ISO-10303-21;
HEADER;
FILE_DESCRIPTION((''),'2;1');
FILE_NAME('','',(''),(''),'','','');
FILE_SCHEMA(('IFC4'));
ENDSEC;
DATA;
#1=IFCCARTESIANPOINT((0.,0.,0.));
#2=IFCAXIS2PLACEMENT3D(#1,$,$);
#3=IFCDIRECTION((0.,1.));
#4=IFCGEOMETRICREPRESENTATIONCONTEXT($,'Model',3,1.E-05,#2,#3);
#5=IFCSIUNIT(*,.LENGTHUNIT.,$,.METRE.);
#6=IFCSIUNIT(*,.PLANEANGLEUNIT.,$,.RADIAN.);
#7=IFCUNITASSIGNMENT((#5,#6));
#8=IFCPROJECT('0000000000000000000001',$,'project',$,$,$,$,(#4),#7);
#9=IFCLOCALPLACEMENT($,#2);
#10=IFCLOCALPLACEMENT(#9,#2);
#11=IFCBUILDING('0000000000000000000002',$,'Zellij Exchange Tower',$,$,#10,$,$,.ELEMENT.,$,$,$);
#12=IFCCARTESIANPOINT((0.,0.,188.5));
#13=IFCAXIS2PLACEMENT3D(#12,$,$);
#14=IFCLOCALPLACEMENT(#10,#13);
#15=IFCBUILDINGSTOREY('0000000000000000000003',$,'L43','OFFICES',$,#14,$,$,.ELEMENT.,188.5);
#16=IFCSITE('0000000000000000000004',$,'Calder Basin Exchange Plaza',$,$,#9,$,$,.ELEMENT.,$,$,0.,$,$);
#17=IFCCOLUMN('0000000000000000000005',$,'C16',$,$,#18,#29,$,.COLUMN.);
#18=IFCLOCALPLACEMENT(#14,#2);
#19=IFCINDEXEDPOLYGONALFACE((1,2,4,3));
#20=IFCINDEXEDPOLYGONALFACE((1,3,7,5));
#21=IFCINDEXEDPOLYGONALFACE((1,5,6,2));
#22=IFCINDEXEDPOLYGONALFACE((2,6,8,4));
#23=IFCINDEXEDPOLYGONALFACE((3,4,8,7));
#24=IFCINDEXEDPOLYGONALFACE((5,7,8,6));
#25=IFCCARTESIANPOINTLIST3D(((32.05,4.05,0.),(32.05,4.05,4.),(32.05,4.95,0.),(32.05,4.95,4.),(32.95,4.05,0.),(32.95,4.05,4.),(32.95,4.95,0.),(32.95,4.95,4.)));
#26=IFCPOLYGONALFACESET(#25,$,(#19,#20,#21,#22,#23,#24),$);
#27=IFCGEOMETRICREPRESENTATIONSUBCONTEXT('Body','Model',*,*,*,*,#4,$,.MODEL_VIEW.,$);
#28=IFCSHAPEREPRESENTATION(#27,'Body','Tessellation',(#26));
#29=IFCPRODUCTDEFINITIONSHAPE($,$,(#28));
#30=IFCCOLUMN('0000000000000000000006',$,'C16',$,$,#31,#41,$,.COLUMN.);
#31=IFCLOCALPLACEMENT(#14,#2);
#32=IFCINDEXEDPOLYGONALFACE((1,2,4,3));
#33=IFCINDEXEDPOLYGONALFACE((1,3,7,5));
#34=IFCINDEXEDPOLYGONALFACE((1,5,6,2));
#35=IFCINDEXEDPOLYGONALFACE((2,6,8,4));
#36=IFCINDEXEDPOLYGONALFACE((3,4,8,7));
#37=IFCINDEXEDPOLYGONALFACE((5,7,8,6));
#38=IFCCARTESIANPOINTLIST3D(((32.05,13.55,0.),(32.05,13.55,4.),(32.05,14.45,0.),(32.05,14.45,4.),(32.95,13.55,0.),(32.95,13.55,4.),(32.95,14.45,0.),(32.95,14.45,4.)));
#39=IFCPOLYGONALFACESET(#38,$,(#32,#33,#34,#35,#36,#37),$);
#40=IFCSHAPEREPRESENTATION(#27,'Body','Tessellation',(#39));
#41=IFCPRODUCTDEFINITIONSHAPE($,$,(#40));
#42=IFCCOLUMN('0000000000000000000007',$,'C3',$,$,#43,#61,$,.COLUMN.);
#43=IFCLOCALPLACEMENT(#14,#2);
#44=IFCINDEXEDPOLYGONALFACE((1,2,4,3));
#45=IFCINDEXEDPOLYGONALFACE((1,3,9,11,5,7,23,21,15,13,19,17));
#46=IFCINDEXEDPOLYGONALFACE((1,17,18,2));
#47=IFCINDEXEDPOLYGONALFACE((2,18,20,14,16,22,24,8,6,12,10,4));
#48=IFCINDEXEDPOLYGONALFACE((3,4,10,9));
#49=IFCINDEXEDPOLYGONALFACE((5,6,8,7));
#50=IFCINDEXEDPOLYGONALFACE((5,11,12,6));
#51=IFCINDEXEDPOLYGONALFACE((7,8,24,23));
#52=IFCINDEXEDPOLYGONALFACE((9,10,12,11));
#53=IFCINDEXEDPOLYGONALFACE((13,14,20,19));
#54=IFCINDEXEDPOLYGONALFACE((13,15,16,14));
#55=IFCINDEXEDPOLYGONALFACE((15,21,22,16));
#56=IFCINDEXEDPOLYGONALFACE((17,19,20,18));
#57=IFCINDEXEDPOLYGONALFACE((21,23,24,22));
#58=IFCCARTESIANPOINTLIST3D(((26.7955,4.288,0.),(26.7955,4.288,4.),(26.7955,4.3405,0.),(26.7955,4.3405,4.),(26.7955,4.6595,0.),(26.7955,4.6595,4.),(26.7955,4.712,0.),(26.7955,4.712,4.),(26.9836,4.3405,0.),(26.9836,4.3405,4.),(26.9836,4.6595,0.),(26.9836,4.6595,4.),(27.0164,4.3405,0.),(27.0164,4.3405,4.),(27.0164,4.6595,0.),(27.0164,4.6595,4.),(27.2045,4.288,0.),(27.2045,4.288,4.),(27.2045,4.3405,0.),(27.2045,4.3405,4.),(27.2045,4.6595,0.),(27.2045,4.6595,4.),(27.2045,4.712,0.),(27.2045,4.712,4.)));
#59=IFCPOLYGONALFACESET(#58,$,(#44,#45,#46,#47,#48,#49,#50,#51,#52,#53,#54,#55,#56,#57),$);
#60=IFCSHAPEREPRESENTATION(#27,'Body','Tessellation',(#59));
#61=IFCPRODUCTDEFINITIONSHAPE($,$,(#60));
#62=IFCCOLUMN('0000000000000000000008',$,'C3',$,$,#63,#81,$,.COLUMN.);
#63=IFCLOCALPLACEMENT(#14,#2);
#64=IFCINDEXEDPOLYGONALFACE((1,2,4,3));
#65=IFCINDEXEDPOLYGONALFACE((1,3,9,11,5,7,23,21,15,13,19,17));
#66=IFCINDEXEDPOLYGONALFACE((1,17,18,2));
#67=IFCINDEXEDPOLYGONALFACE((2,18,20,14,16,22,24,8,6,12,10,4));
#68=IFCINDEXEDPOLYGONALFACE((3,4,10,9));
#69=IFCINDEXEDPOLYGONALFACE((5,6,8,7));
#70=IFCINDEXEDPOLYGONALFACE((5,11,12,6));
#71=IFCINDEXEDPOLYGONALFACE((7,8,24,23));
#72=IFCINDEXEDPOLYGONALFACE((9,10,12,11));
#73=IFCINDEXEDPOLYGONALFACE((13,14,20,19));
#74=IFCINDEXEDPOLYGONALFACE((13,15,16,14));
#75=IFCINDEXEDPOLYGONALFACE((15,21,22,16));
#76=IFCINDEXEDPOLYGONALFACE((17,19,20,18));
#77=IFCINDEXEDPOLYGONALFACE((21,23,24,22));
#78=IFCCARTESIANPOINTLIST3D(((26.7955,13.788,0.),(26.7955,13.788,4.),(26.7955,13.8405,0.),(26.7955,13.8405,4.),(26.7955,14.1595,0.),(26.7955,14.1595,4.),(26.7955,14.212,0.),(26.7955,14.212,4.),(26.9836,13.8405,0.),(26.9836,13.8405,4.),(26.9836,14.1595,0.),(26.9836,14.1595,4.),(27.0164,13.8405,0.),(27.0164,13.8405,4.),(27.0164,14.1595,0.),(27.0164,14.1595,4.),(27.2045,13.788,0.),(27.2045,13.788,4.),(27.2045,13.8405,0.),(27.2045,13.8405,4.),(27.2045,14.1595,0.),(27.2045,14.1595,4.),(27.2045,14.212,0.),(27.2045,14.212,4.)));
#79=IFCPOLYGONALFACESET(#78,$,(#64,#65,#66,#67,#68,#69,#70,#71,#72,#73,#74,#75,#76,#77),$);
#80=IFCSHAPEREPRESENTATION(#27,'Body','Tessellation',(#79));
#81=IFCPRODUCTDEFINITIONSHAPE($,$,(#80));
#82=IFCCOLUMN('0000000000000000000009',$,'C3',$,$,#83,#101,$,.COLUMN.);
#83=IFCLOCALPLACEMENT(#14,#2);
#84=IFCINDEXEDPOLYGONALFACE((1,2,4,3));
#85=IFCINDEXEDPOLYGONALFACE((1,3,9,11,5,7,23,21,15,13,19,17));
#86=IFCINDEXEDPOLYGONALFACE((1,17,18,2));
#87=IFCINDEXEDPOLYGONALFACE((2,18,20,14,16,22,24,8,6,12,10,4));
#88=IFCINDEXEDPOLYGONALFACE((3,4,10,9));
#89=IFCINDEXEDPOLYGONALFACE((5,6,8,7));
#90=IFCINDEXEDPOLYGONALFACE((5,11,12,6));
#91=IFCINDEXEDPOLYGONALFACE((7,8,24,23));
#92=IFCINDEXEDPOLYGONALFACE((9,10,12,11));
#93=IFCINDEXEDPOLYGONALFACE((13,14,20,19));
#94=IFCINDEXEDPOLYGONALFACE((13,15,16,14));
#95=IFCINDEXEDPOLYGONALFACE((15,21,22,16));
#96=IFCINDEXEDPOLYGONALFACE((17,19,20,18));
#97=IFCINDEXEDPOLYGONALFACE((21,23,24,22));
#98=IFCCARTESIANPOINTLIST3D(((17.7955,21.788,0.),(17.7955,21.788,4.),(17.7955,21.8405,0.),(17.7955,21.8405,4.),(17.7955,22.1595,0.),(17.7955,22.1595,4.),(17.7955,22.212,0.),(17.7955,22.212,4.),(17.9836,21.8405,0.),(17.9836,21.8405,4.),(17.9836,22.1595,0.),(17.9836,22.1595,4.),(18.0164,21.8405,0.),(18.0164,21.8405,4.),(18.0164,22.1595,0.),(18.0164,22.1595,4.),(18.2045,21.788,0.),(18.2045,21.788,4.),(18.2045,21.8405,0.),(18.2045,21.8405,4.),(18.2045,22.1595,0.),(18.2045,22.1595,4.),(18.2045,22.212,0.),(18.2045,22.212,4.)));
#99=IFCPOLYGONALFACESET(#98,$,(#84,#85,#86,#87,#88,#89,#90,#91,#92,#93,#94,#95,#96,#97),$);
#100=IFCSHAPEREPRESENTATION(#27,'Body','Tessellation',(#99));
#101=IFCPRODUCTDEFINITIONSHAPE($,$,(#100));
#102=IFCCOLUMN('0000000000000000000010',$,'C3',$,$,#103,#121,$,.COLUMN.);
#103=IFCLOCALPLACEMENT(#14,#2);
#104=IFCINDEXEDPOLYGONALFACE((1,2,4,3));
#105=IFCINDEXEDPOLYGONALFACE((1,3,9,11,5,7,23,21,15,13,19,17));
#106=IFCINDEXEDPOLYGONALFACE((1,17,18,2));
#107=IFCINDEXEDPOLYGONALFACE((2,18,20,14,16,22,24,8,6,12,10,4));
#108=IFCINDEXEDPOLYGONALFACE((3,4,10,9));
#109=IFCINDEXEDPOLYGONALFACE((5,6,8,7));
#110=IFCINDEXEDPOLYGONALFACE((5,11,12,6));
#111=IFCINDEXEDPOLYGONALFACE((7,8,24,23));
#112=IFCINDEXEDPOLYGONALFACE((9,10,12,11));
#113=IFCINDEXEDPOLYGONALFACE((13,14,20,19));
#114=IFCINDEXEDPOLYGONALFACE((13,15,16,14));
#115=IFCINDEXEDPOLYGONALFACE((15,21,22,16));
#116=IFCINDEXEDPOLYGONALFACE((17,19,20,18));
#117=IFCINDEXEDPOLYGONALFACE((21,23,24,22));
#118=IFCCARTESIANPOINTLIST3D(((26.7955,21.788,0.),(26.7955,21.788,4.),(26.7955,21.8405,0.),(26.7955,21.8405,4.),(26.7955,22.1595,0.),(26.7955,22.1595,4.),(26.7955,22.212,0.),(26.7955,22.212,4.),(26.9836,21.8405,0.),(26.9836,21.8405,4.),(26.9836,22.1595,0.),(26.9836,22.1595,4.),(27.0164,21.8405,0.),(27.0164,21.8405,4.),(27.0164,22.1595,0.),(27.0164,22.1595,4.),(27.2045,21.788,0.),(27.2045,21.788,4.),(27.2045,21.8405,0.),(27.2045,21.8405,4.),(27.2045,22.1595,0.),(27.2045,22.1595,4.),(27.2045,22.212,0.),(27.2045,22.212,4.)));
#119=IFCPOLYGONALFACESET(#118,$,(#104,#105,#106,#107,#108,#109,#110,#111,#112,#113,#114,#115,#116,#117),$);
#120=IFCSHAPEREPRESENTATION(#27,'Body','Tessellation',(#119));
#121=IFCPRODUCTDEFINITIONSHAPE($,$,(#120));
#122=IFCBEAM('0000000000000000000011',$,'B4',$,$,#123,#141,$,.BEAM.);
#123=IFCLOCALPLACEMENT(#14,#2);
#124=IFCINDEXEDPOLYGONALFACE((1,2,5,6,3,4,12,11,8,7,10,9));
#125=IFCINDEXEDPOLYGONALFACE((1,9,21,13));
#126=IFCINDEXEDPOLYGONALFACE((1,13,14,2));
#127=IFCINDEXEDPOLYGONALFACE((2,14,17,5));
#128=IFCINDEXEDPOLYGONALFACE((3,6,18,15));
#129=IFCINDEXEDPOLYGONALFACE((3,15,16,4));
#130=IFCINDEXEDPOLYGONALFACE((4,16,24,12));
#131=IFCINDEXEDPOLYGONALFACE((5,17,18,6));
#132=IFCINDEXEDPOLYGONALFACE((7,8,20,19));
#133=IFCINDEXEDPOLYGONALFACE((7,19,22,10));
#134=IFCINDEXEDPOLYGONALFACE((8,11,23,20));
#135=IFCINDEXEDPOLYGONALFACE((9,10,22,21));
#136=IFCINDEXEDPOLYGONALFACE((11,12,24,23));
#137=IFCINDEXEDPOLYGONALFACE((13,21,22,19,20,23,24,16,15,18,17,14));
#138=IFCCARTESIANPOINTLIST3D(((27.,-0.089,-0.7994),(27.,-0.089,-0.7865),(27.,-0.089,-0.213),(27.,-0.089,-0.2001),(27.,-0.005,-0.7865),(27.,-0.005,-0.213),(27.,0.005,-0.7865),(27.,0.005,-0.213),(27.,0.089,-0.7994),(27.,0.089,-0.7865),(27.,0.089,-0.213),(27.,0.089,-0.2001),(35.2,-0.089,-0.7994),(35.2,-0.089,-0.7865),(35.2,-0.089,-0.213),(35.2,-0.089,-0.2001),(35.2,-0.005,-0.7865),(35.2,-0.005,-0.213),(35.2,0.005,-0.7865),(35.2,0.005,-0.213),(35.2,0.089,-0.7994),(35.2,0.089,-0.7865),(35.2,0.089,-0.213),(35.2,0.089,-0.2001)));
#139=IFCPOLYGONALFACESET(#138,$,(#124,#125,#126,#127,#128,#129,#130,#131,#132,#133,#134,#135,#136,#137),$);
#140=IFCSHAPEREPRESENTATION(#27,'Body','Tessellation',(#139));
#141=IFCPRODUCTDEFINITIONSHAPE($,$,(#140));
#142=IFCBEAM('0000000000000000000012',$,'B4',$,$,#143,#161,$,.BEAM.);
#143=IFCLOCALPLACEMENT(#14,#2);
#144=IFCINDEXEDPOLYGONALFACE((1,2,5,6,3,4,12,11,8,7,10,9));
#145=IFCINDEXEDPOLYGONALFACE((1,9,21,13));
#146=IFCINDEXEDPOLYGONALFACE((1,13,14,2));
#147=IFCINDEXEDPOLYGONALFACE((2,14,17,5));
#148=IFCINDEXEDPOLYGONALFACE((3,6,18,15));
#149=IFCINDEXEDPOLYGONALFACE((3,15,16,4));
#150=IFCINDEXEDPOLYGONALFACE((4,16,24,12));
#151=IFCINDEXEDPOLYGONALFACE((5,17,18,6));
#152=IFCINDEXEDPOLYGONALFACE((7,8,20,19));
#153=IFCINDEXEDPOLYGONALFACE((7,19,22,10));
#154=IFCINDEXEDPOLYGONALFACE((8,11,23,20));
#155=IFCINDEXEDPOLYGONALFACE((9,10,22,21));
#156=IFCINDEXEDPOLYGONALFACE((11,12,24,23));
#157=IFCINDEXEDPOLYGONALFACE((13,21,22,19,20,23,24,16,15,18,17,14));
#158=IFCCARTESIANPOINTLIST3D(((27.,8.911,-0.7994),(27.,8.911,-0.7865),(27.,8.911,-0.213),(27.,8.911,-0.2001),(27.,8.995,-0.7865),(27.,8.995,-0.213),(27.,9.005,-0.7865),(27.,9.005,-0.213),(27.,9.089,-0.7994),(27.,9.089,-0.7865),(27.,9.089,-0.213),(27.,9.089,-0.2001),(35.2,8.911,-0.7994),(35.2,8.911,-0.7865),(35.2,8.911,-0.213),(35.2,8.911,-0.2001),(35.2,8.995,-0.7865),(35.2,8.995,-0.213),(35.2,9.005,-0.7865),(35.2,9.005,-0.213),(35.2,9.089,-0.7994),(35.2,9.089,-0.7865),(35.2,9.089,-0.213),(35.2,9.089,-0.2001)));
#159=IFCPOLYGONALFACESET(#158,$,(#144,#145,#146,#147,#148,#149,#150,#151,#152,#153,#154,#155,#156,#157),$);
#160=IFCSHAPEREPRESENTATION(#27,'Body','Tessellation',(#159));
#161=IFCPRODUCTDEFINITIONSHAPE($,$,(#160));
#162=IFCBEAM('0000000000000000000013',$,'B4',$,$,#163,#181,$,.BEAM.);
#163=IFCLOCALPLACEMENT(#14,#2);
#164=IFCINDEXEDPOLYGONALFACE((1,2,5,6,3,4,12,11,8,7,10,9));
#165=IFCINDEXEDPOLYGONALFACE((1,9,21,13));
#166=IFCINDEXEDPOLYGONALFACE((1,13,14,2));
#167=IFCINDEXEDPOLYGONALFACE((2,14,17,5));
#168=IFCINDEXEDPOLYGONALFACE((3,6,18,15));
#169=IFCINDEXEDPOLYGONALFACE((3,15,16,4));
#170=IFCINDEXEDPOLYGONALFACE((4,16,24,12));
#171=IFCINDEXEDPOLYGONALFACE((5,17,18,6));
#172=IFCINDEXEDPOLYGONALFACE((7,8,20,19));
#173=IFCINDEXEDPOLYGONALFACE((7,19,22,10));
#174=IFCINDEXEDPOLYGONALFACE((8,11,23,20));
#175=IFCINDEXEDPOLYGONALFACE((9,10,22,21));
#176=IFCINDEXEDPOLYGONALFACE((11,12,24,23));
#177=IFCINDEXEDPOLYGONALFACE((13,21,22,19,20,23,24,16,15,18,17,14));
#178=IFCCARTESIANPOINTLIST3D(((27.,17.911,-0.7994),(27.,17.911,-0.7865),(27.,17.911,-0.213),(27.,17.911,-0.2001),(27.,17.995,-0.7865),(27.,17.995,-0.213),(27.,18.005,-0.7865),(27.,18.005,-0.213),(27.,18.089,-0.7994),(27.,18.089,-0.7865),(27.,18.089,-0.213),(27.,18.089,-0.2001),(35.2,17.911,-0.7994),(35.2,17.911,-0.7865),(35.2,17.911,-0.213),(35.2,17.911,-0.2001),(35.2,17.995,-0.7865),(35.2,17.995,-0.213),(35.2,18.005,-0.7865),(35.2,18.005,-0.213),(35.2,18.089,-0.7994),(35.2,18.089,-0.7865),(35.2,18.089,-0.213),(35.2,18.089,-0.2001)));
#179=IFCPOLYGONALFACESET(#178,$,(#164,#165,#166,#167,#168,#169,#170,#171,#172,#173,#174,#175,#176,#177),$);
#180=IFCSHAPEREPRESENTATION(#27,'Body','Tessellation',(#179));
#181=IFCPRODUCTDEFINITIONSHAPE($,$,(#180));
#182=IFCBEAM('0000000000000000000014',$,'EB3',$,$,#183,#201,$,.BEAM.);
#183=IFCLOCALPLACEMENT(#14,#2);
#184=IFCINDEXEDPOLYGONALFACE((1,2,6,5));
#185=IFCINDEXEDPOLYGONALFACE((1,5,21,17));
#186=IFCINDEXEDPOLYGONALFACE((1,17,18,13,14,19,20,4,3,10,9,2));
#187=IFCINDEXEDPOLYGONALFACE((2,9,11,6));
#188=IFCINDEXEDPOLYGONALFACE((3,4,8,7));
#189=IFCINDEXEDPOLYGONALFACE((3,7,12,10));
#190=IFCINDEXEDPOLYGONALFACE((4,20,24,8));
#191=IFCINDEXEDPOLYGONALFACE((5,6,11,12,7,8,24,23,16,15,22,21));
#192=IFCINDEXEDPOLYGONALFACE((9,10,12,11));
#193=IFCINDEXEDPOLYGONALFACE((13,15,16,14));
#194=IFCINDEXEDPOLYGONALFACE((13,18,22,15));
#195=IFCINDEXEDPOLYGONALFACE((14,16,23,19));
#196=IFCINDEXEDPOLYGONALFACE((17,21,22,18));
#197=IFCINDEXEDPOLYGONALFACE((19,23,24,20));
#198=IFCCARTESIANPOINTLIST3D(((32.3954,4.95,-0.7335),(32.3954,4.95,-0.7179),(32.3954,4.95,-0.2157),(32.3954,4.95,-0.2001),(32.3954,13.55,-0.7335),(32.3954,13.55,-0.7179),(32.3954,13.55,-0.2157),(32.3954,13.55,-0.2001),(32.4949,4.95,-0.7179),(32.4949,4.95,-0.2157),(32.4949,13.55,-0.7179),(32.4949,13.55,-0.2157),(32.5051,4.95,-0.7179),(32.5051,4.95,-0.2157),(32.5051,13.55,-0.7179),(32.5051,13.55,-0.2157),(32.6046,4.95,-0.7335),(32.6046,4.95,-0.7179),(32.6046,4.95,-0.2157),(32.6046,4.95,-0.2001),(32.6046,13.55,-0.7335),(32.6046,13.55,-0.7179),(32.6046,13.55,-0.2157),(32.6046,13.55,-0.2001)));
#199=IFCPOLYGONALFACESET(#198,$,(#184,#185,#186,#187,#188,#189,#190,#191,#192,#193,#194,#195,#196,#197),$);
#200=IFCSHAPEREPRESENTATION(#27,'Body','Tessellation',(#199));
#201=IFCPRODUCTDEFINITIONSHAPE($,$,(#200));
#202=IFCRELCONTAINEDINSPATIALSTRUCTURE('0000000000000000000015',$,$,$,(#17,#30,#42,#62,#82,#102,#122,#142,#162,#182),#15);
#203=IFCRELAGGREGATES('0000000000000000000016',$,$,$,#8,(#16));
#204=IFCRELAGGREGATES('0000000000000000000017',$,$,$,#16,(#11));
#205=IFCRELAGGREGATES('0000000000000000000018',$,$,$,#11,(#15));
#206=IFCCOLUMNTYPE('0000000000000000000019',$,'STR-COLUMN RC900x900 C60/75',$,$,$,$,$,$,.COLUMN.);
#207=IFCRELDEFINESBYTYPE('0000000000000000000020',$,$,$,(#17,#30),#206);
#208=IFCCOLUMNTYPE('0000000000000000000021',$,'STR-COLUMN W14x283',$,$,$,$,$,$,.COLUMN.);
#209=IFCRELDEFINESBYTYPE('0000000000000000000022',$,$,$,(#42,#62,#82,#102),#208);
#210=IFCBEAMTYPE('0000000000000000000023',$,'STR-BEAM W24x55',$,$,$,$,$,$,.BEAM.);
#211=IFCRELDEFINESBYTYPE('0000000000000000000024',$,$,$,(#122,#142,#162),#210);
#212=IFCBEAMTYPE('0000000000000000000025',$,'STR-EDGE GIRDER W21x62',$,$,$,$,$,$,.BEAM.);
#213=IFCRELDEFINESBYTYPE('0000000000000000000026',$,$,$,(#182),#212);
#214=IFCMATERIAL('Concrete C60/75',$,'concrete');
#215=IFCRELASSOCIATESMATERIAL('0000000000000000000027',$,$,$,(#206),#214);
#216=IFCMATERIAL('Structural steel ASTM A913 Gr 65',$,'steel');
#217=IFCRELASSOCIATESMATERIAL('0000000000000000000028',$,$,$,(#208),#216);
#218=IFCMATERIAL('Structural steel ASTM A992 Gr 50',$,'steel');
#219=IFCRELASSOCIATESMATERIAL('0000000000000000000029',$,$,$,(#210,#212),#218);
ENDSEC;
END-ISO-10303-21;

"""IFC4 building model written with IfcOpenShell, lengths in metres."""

from ifc_helpers import new_model, si_unit, direction, frame, origin, origin_2d, place, context, subcontext, project, spatial, rectangle, i_section, extrude, material, material_profile, profile_set, type_object, element, save


model = new_model("IFC4")

# Units and contexts
model_context = context("Model", 3, precision=1e-05, world=origin(), true_north=direction((0.0, 1.0)))
body_context = subcontext(model_context, "Body", "Model", "MODEL_VIEW")
ifc_project = project(units=[si_unit("LENGTHUNIT", "METRE"), si_unit("PLANEANGLEUNIT", "RADIAN")], contexts=[model_context])

# Site, building, storey
site_placement = place(None, origin())
site = spatial("IfcSite", under=ifc_project, at=site_placement, Name="Calder Basin Exchange Plaza", CompositionType="ELEMENT", RefElevation=0.0)
building_placement = place(site_placement, origin())
building = spatial("IfcBuilding", under=site, at=building_placement, Name="Zellij Exchange Tower", CompositionType="ELEMENT")
storey_placement = place(building_placement, frame((0.0, 0.0, 188.5)))
storey = spatial("IfcBuildingStorey", under=building, at=storey_placement, Name="L43", Description="OFFICES", CompositionType="ELEMENT", Elevation=188.5)

# Columns
ifc_material_1 = material(Name="Concrete C60/75", Category="concrete")
ifc_material_profile_1 = material_profile(ifc_material_1, rectangle(XDim=0.8999, YDim=0.8999, at=origin_2d()), Name="STR-COLUMN RC900x900 C60/75")
ifc_profile_set_1 = profile_set([ifc_material_profile_1], Name="Concrete C60/75")
column_type_1 = type_object("IfcColumnType", Name="STR-COLUMN RC900x900 C60/75", PredefinedType="COLUMN", material=ifc_profile_set_1)
for number, where, z_axis, x_axis, name in (
    (1, (32.5, 4.5, 0.0), (0.0, 0.0, 1.0), (1.0, 0.0, 0.0), "C16"),
    (2, (32.5, 14.0, 0.0), (0.0, 0.0, 1.0), (1.0, 0.0, 0.0), "C16"),
):
    element("IfcColumn", number, at=place(storey_placement, frame(where, z_axis=z_axis, x_axis=x_axis)), inside=storey, type_object=column_type_1, Name=name, PredefinedType="COLUMN", context=body_context, shape_type="SweptSolid", body=[
        extrude(rectangle(XDim=0.8999, YDim=0.8999, at=origin_2d()), origin(), (0.0, 0.0, 1.0), 4.0),
    ])
ifc_material_2 = material(Name="Structural steel ASTM A913 Gr 65", Category="steel")
ifc_material_profile_2 = material_profile(ifc_material_2, i_section(OverallWidth=0.4089, OverallDepth=0.4241, WebThickness=0.0327, FlangeThickness=0.0525, at=origin_2d()), Name="W14x283")
ifc_profile_set_2 = profile_set([ifc_material_profile_2], Name="Structural steel ASTM A913 Gr 65")
column_type_2 = type_object("IfcColumnType", Name="STR-COLUMN W14x283", PredefinedType="COLUMN", material=ifc_profile_set_2)
for number, where, z_axis, x_axis, name in (
    (3, (27.0, 4.5, 0.0), (0.0, 0.0, 1.0), (1.0, 0.0, 0.0), "C3"),
    (4, (27.0, 14.0, 0.0), (0.0, 0.0, 1.0), (1.0, 0.0, 0.0), "C3"),
    (5, (18.0, 22.0, 0.0), (0.0, 0.0, 1.0), (1.0, 0.0, 0.0), "C3"),
    (6, (27.0, 22.0, 0.0), (0.0, 0.0, 1.0), (1.0, 0.0, 0.0), "C3"),
):
    element("IfcColumn", number, at=place(storey_placement, frame(where, z_axis=z_axis, x_axis=x_axis)), inside=storey, type_object=column_type_2, Name=name, PredefinedType="COLUMN", context=body_context, shape_type="SweptSolid", body=[
        extrude(i_section(OverallWidth=0.4089, OverallDepth=0.4241, WebThickness=0.0327, FlangeThickness=0.0525, at=origin_2d()), origin(), (0.0, 0.0, 1.0), 4.0),
    ])

# Beams
ifc_material_3 = material(Name="Structural steel ASTM A992 Gr 50", Category="steel")
ifc_material_profile_3 = material_profile(ifc_material_3, i_section(OverallWidth=0.178, OverallDepth=0.5994, WebThickness=0.01, FlangeThickness=0.0129, at=origin_2d()), Name="W24x55")
ifc_profile_set_3 = profile_set([ifc_material_profile_3], Name="Structural steel ASTM A992 Gr 50")
beam_type_1 = type_object("IfcBeamType", Name="STR-BEAM W24x55", PredefinedType="BEAM", material=ifc_profile_set_3)
for number, where, z_axis, x_axis, name in (
    (7, (27.0, 0.0, -0.4998), (1.0, 0.0, 0.0), (0.0, 1.0, 0.0), "B4"),
    (8, (27.0, 9.0, -0.4998), (1.0, 0.0, 0.0), (0.0, 1.0, 0.0), "B4"),
    (9, (27.0, 18.0, -0.4998), (1.0, 0.0, 0.0), (0.0, 1.0, 0.0), "B4"),
):
    element("IfcBeam", number, at=place(storey_placement, frame(where, z_axis=z_axis, x_axis=x_axis)), inside=storey, type_object=beam_type_1, Name=name, PredefinedType="BEAM", context=body_context, shape_type="SweptSolid", body=[
        extrude(i_section(OverallWidth=0.178, OverallDepth=0.5994, WebThickness=0.01, FlangeThickness=0.0129, at=origin_2d()), origin(), (0.0, 0.0, 1.0), 8.2),
    ])
ifc_material_profile_4 = material_profile(ifc_material_3, i_section(OverallWidth=0.2092, OverallDepth=0.5334, WebThickness=0.0103, FlangeThickness=0.0156, at=origin_2d()), Name="W21x62")
ifc_profile_set_4 = profile_set([ifc_material_profile_4], Name="Structural steel ASTM A992 Gr 50")
beam_type_2 = type_object("IfcBeamType", Name="STR-EDGE GIRDER W21x62", PredefinedType="BEAM", material=ifc_profile_set_4)
beam_1_placement = place(storey_placement, frame((32.5, 4.95, -0.4668), z_axis=(0.0, 1.0, 0.0), x_axis=(-1.0, 0.0, 0.0)))
element("IfcBeam", 10, at=beam_1_placement, inside=storey, type_object=beam_type_2, Name="EB3", PredefinedType="BEAM", context=body_context, shape_type="SweptSolid", body=[
    extrude(i_section(OverallWidth=0.2092, OverallDepth=0.5334, WebThickness=0.0103, FlangeThickness=0.0156, at=origin_2d()), origin(), (0.0, 0.0, 1.0), 8.6001),
])

save(model, "model.ifc")
